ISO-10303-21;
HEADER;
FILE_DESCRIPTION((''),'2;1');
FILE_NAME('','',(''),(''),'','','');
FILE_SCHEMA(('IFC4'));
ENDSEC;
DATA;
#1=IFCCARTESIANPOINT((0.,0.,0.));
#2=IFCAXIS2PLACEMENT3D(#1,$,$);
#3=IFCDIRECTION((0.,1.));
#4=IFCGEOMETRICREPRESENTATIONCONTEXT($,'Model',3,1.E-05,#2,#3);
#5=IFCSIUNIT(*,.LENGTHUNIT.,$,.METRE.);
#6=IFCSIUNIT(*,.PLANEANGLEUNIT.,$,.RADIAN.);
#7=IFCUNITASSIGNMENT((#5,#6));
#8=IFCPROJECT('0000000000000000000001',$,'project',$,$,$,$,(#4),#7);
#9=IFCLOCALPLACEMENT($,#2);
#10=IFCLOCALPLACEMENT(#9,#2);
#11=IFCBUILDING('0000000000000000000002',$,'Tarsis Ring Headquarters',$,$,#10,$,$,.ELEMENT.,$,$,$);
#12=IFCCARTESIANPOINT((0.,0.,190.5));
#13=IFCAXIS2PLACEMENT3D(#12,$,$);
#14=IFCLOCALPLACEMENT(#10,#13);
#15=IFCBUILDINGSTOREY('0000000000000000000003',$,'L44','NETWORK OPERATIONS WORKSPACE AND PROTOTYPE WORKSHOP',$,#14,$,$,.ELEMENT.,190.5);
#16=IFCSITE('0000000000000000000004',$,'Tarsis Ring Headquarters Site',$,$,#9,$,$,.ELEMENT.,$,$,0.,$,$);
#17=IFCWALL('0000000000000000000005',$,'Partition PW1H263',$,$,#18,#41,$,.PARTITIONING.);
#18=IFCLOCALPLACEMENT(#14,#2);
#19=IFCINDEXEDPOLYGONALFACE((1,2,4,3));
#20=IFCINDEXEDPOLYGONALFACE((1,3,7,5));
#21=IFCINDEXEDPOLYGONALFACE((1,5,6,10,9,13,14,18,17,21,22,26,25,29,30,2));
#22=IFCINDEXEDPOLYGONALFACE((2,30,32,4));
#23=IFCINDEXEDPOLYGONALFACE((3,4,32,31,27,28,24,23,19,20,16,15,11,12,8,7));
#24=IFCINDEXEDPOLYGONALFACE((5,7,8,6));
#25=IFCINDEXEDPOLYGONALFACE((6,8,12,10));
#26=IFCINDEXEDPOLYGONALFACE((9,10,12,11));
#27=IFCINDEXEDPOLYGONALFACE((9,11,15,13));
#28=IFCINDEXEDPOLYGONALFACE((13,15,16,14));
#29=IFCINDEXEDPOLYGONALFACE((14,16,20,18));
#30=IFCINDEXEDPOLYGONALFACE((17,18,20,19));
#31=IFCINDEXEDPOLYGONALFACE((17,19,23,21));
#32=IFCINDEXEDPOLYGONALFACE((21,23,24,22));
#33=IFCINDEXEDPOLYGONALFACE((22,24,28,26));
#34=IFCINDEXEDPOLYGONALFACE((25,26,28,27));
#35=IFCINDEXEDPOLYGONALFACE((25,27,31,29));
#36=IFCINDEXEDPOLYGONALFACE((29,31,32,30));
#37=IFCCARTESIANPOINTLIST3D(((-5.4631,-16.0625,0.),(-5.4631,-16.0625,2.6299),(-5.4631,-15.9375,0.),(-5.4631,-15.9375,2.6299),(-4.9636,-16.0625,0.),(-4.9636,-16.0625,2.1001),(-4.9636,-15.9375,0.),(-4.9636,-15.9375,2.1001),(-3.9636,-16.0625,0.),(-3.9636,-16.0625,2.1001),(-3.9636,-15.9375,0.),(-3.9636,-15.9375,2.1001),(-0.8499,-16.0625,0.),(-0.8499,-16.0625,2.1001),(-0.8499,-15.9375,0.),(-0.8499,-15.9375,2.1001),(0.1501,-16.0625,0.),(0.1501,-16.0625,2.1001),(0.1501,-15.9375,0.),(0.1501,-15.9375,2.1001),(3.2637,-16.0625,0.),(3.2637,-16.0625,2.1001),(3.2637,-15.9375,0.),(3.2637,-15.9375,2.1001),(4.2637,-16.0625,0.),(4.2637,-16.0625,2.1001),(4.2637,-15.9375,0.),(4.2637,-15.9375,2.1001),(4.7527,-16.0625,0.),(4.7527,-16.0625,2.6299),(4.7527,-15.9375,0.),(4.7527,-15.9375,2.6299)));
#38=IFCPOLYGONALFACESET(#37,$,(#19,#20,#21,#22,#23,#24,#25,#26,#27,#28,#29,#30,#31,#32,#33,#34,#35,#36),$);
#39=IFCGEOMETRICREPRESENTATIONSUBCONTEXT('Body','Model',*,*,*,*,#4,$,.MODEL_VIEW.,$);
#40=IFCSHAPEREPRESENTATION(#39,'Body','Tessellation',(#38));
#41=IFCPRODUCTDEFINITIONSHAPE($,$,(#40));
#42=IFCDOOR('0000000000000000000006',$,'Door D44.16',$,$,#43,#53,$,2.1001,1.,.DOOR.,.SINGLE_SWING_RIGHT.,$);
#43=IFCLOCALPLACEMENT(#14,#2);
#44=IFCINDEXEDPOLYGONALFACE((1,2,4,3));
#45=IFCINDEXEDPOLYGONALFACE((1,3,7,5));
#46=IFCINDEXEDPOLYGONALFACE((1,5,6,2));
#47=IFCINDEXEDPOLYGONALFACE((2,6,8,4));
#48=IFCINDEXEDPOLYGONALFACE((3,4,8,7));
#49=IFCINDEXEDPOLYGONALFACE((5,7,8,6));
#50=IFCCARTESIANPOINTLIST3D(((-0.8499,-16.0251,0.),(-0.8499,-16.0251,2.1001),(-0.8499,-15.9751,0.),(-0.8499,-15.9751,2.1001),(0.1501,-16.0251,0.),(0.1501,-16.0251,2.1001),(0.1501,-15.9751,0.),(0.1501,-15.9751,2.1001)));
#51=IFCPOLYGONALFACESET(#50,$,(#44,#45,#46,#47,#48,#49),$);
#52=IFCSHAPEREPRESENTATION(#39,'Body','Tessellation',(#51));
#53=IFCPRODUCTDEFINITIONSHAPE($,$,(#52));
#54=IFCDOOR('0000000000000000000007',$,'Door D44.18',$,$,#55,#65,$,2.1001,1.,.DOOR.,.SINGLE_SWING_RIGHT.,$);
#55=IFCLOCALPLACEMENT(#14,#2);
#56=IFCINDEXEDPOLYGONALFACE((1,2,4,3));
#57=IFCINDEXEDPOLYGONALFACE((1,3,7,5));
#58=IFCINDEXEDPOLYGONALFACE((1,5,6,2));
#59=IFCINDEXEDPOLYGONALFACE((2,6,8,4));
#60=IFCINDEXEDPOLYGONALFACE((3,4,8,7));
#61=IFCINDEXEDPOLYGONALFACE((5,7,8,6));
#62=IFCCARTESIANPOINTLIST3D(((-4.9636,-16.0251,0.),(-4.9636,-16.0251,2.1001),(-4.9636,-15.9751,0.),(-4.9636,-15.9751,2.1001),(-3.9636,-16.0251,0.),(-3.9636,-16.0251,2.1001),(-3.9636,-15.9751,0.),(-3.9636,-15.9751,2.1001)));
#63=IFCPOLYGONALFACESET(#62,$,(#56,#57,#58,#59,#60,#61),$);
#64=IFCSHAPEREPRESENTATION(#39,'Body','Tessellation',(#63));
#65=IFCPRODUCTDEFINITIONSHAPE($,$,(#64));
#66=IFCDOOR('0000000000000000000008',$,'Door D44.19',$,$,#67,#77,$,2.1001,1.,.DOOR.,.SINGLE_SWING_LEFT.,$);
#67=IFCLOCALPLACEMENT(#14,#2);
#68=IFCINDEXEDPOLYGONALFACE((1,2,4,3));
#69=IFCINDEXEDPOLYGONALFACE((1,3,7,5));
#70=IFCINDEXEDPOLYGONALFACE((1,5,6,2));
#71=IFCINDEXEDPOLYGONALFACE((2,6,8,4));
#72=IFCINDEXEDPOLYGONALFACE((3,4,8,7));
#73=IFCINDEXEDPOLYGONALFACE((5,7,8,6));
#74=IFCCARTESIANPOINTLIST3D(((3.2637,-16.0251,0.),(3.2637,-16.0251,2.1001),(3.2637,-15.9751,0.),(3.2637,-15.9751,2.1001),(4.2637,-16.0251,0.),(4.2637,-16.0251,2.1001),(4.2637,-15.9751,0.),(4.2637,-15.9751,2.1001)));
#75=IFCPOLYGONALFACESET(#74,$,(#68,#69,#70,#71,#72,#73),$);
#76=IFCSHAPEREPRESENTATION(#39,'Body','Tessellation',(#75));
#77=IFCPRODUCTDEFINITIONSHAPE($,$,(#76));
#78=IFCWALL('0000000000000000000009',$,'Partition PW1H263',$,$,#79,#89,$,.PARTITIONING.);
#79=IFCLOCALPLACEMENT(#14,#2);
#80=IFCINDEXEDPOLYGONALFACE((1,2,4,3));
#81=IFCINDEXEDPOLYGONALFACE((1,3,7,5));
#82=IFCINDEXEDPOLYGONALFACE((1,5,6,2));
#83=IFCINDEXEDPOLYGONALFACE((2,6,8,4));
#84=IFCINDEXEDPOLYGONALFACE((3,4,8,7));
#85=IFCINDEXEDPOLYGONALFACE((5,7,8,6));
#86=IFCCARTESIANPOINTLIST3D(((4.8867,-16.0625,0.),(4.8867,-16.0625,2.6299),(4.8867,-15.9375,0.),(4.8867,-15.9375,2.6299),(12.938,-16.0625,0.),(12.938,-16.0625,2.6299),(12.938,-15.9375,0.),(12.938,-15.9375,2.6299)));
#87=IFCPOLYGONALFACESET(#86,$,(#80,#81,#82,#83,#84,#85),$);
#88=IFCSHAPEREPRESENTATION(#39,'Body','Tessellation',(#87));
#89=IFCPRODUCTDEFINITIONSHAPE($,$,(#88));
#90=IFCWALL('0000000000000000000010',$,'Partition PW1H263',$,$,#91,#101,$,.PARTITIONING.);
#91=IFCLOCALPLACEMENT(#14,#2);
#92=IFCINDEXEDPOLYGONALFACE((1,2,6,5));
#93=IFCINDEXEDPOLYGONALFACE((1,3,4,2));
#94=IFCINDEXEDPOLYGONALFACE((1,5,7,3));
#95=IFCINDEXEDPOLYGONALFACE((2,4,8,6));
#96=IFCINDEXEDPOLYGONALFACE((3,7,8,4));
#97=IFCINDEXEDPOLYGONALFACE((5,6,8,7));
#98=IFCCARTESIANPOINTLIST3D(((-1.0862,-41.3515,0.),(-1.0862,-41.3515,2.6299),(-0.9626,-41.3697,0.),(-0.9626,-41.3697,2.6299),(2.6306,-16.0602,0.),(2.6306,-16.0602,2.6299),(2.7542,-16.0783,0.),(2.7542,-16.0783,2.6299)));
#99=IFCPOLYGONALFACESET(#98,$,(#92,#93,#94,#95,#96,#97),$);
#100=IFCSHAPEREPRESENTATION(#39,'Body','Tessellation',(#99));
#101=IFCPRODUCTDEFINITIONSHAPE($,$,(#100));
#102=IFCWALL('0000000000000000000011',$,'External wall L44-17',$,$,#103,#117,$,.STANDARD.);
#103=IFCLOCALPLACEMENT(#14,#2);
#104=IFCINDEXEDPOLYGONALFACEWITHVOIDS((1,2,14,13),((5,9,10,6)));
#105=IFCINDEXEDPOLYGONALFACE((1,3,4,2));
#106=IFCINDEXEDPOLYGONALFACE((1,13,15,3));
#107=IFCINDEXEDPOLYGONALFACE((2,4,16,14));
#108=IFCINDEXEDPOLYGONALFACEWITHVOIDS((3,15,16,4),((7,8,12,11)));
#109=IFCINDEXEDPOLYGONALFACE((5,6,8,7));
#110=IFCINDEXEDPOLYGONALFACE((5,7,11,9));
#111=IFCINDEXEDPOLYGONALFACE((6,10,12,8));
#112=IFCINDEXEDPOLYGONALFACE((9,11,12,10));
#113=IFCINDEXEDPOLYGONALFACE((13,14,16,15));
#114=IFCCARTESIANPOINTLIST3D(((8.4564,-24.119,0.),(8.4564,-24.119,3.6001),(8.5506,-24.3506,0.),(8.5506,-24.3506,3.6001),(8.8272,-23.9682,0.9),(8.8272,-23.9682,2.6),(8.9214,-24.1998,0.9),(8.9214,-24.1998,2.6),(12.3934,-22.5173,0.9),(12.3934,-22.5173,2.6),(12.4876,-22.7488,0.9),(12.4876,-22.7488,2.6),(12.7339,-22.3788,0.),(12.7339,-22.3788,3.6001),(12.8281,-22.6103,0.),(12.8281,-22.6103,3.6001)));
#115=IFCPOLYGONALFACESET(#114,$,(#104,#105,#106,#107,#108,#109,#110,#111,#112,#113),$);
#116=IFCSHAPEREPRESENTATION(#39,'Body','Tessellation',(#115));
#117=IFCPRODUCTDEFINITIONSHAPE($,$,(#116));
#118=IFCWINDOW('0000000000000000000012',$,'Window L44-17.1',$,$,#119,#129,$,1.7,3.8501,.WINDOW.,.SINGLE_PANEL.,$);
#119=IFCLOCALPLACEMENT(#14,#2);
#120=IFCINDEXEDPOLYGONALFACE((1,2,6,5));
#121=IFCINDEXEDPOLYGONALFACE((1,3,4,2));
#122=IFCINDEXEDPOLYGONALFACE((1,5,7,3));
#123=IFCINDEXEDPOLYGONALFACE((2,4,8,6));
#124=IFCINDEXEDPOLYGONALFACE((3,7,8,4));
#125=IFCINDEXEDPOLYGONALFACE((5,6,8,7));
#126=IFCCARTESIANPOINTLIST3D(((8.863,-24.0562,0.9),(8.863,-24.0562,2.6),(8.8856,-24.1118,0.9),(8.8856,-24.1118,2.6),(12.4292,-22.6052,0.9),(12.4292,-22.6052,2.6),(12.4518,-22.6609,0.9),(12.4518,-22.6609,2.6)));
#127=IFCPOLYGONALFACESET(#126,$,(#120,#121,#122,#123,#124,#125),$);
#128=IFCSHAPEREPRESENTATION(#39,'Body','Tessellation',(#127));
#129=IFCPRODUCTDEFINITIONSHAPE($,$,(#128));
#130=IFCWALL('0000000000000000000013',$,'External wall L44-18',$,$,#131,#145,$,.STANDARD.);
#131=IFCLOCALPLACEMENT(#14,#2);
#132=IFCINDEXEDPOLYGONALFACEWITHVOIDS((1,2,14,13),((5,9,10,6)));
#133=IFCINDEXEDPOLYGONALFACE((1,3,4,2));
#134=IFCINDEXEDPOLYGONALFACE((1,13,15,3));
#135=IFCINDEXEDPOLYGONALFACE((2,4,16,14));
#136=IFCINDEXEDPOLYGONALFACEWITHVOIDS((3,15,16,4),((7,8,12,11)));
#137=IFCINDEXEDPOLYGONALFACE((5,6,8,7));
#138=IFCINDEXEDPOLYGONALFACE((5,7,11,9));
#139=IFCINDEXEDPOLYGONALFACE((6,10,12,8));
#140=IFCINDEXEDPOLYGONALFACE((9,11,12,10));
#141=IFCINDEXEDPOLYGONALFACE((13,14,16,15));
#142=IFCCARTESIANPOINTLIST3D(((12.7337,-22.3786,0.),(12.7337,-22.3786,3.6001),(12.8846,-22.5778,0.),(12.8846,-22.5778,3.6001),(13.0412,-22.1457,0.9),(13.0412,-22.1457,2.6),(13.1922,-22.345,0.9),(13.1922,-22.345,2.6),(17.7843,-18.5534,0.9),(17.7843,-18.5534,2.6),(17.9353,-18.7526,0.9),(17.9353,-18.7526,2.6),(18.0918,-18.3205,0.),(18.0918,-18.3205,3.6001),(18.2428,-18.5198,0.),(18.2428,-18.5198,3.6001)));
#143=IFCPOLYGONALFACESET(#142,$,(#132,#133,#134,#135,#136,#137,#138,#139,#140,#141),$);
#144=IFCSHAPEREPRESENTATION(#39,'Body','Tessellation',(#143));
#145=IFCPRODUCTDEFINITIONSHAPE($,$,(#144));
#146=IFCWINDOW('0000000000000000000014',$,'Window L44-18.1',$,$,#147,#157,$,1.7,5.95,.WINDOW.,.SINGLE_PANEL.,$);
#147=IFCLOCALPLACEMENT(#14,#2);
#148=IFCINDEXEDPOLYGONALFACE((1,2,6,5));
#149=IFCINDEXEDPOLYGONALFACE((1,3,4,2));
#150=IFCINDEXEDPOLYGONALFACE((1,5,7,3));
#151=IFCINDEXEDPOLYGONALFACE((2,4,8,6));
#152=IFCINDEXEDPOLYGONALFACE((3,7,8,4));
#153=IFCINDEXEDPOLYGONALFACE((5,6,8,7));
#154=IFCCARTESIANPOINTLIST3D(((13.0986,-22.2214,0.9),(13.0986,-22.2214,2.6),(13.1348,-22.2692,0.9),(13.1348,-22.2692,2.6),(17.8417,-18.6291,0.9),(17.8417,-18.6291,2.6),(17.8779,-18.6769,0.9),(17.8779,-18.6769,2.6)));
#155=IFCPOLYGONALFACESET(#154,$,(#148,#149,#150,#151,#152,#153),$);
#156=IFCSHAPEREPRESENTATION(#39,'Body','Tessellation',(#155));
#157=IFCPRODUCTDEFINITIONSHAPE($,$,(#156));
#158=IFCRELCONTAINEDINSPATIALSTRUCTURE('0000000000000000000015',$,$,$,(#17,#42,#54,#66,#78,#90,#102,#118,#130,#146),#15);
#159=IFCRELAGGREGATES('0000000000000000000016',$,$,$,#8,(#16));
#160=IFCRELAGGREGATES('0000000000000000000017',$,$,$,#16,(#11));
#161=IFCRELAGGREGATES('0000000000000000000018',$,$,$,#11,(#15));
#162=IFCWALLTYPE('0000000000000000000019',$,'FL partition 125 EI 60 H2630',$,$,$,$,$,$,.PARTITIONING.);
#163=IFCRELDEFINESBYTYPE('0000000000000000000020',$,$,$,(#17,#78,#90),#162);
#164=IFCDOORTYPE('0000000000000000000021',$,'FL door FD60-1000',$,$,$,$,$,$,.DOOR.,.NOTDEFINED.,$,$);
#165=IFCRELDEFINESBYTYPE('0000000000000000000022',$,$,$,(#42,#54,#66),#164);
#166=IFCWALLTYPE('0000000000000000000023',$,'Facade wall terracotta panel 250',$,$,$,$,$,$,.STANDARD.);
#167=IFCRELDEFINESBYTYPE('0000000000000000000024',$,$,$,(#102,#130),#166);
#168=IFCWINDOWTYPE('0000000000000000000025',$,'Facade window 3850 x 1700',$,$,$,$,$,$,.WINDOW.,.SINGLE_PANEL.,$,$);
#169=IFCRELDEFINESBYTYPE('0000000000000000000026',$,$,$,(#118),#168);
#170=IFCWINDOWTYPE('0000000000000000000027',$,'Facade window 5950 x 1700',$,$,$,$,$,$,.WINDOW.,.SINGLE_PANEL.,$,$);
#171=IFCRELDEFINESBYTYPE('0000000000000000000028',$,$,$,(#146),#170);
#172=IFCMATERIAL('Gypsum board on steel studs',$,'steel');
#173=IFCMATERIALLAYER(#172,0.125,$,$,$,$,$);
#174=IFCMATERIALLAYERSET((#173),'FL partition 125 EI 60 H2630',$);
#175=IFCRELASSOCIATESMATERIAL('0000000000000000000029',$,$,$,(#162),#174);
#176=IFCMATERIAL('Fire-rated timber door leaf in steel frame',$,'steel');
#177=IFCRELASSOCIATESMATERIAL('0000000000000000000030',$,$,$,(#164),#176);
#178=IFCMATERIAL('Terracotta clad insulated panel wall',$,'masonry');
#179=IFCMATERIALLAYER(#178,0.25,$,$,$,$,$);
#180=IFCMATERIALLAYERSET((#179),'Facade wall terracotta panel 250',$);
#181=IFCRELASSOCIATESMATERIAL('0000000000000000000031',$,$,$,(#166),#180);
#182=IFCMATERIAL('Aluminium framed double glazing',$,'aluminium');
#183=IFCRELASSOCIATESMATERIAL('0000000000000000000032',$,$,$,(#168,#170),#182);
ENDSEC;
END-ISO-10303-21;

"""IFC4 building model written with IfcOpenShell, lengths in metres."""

from ifc_helpers import new_model, si_unit, direction, frame, frame_2d, origin, place, context, subcontext, project, spatial, rectangle, extrude, material, layer, layer_set, type_object, element, fill, save


model = new_model("IFC4")

# Units and contexts
model_context = context("Model", 3, precision=1e-05, world=origin(), true_north=direction((0.0, 1.0)))
body_context = subcontext(model_context, "Body", "Model", "MODEL_VIEW")
ifc_project = project(units=[si_unit("LENGTHUNIT", "METRE"), si_unit("PLANEANGLEUNIT", "RADIAN")], contexts=[model_context])

# Site, building, storey
site_placement = place(None, origin())
site = spatial("IfcSite", under=ifc_project, at=site_placement, Name="Tarsis Ring Headquarters Site", CompositionType="ELEMENT", RefElevation=0.0)
building_placement = place(site_placement, origin())
building = spatial("IfcBuilding", under=site, at=building_placement, Name="Tarsis Ring Headquarters", CompositionType="ELEMENT")
storey_placement = place(building_placement, frame((0.0, 0.0, 190.5)))
storey = spatial("IfcBuildingStorey", under=building, at=storey_placement, Name="L44", Description="NETWORK OPERATIONS WORKSPACE AND PROTOTYPE WORKSHOP", CompositionType="ELEMENT", Elevation=190.5)

# Shared definitions
ifc_material_1 = material(Name="Gypsum board on steel studs", Category="steel")

# Wall, openings, doors
ifc_layer_1 = layer(ifc_material_1, 0.125)
ifc_layer_set_1 = layer_set([ifc_layer_1], Name="FL partition 125 EI 60 H2630")
wall_type_1 = type_object("IfcWallType", Name="FL partition 125 EI 60 H2630", PredefinedType="PARTITIONING", material=ifc_layer_set_1)
wall_1_placement = place(storey_placement, frame((-5.4631, -16.0, 0.0), z_axis=(0.0, 0.0, 1.0), x_axis=(1.0, 0.0, 0.0)))
wall_1 = element("IfcWall", 1, at=wall_1_placement, inside=storey, type_object=wall_type_1, Name="Partition PW1H263", PredefinedType="PARTITIONING", context=body_context, shape_type="SweptSolid", body=[
    extrude(rectangle(XDim=10.2158, YDim=0.125, at=frame_2d((5.1079, 0.0))), origin(), (0.0, 0.0, 1.0), 2.6299),
])
opening_1_placement = place(wall_1_placement, frame((4.6133, 0.0, 0.0)))
opening_1 = element("IfcOpeningElement", 2, at=opening_1_placement, cuts=wall_1, PredefinedType="OPENING", context=body_context, shape_type="SweptSolid", body=[
    extrude(rectangle(XDim=1.0, YDim=2.1001, at=frame_2d((0.5, 1.05))), frame((0.0, 0.0725, 0.0), z_axis=(0.0, -1.0, 0.0), x_axis=(1.0, 0.0, 0.0)), (0.0, 0.0, 1.0), 0.145),
])
opening_2_placement = place(wall_1_placement, frame((0.4995, 0.0, 0.0)))
opening_2 = element("IfcOpeningElement", 3, at=opening_2_placement, cuts=wall_1, PredefinedType="OPENING", context=body_context, shape_type="SweptSolid", body=[
    extrude(rectangle(XDim=1.0, YDim=2.1001, at=frame_2d((0.5, 1.05))), frame((0.0, 0.0725, 0.0), z_axis=(0.0, -1.0, 0.0), x_axis=(1.0, 0.0, 0.0)), (0.0, 0.0, 1.0), 0.145),
])
opening_3_placement = place(wall_1_placement, frame((8.7268, 0.0, 0.0)))
opening_3 = element("IfcOpeningElement", 4, at=opening_3_placement, cuts=wall_1, PredefinedType="OPENING", context=body_context, shape_type="SweptSolid", body=[
    extrude(rectangle(XDim=1.0, YDim=2.1001, at=frame_2d((0.5, 1.05))), frame((0.0, 0.0725, 0.0), z_axis=(0.0, -1.0, 0.0), x_axis=(1.0, 0.0, 0.0)), (0.0, 0.0, 1.0), 0.145),
])
ifc_material_2 = material(Name="Fire-rated timber door leaf in steel frame", Category="steel")
door_type = type_object("IfcDoorType", Name="FL door FD60-1000", OperationType="NOTDEFINED", PredefinedType="DOOR", material=ifc_material_2)
door_1_placement = place(opening_1_placement, origin())
door_1 = element("IfcDoor", 5, at=door_1_placement, inside=storey, type_object=door_type, Name="Door D44.16", OperationType="SINGLE_SWING_RIGHT", OverallHeight=2.1001, OverallWidth=1.0, PredefinedType="DOOR", context=body_context, shape_type="SweptSolid", body=[
    extrude(rectangle(XDim=1.0, YDim=2.1001, at=frame_2d((0.5, 1.05))), frame((0.0, 0.0249, 0.0), z_axis=(0.0, -1.0, 0.0), x_axis=(1.0, 0.0, 0.0)), (0.0, 0.0, 1.0), 0.05),
])
fill(opening_1, door_1)
door_2_placement = place(opening_2_placement, origin())
door_2 = element("IfcDoor", 6, at=door_2_placement, inside=storey, type_object=door_type, Name="Door D44.18", OperationType="SINGLE_SWING_RIGHT", OverallHeight=2.1001, OverallWidth=1.0, PredefinedType="DOOR", context=body_context, shape_type="SweptSolid", body=[
    extrude(rectangle(XDim=1.0, YDim=2.1001, at=frame_2d((0.5, 1.05))), frame((0.0, 0.0249, 0.0), z_axis=(0.0, -1.0, 0.0), x_axis=(1.0, 0.0, 0.0)), (0.0, 0.0, 1.0), 0.05),
])
fill(opening_2, door_2)
door_3_placement = place(opening_3_placement, origin())
door_3 = element("IfcDoor", 7, at=door_3_placement, inside=storey, type_object=door_type, Name="Door D44.19", OperationType="SINGLE_SWING_LEFT", OverallHeight=2.1001, OverallWidth=1.0, PredefinedType="DOOR", context=body_context, shape_type="SweptSolid", body=[
    extrude(rectangle(XDim=1.0, YDim=2.1001, at=frame_2d((0.5, 1.05))), frame((0.0, 0.0249, 0.0), z_axis=(0.0, -1.0, 0.0), x_axis=(1.0, 0.0, 0.0)), (0.0, 0.0, 1.0), 0.05),
])
fill(opening_3, door_3)

# Walls
wall_2_placement = place(storey_placement, frame((4.8867, -16.0, 0.0), z_axis=(0.0, 0.0, 1.0), x_axis=(1.0, 0.0, 0.0)))
element("IfcWall", 8, at=wall_2_placement, inside=storey, type_object=wall_type_1, Name="Partition PW1H263", PredefinedType="PARTITIONING", context=body_context, shape_type="SweptSolid", body=[
    extrude(rectangle(XDim=8.0513, YDim=0.125, at=frame_2d((4.0256, 0.0))), origin(), (0.0, 0.0, 1.0), 2.6299),
])
wall_3_placement = place(storey_placement, frame((-1.0244, -41.3606, 0.0), z_axis=(0.0, 0.0, 1.0), x_axis=(0.145398, 0.989373, 0.0)))
element("IfcWall", 9, at=wall_3_placement, inside=storey, type_object=wall_type_1, Name="Partition PW1H263", PredefinedType="PARTITIONING", context=body_context, shape_type="SweptSolid", body=[
    extrude(rectangle(XDim=25.563, YDim=0.125, at=frame_2d((12.7815, 0.0))), origin(), (0.0, 0.0, 1.0), 2.6299),
])

# Walls, openings, windows
ifc_material_3 = material(Name="Terracotta clad insulated panel wall", Category="masonry")
ifc_layer_2 = layer(ifc_material_3, 0.25)
ifc_layer_set_2 = layer_set([ifc_layer_2], Name="Facade wall terracotta panel 250")
wall_type_2 = type_object("IfcWallType", Name="Facade wall terracotta panel 250", PredefinedType="STANDARD", material=ifc_layer_set_2)
wall_4_placement = place(storey_placement, frame((8.5034, -24.2349, 0.0), z_axis=(0.0, 0.0, 1.0), x_axis=(0.926273, 0.376853, 0.0)))
wall_4 = element("IfcWall", 10, at=wall_4_placement, inside=storey, type_object=wall_type_2, Name="External wall L44-17", PredefinedType="STANDARD", context=body_context, shape_type="SweptSolid", body=[
    extrude(rectangle(XDim=4.6179, YDim=0.25, at=frame_2d((2.3091, 0.0))), origin(), (0.0, 0.0, 1.0), 3.6001),
])
opening_4_placement = place(wall_4_placement, frame((0.4004, 0.0, 0.8999)))
opening_4 = element("IfcOpeningElement", 11, at=opening_4_placement, cuts=wall_4, PredefinedType="OPENING", context=body_context, shape_type="SweptSolid", body=[
    extrude(rectangle(XDim=3.8501, YDim=1.7, at=frame_2d((1.925, 0.8501))), frame((0.0, 0.135, 0.0), z_axis=(0.0, -1.0, 0.0), x_axis=(1.0, 0.0, 0.0)), (0.0, 0.0, 1.0), 0.27),
])
ifc_material_4 = material(Name="Aluminium framed double glazing", Category="aluminium")
window_type_1 = type_object("IfcWindowType", Name="Facade window 3850 x 1700", PartitioningType="SINGLE_PANEL", PredefinedType="WINDOW", material=ifc_material_4)
window_1_placement = place(opening_4_placement, origin())
window_1 = element("IfcWindow", 12, at=window_1_placement, inside=storey, type_object=window_type_1, Name="Window L44-17.1", OverallHeight=1.7, OverallWidth=3.8501, PartitioningType="SINGLE_PANEL", PredefinedType="WINDOW", context=body_context, shape_type="SweptSolid", body=[
    extrude(rectangle(XDim=3.8501, YDim=1.7, at=frame_2d((1.925, 0.8501))), frame((0.0, 0.03, 0.0), z_axis=(0.0, -1.0, 0.0), x_axis=(1.0, 0.0, 0.0)), (0.0, 0.0, 1.0), 0.0601),
])
fill(opening_4, window_1)
wall_5_placement = place(storey_placement, frame((12.8091, -22.4783, 0.0), z_axis=(0.0, 0.0, 1.0), x_axis=(0.797171, 0.603753, 0.0)))
wall_5 = element("IfcWall", 13, at=wall_5_placement, inside=storey, type_object=wall_type_2, Name="External wall L44-18", PredefinedType="STANDARD", context=body_context, shape_type="SweptSolid", body=[
    extrude(rectangle(XDim=6.7214, YDim=0.25, at=frame_2d((3.3608, 0.0))), origin(), (0.0, 0.0, 1.0), 3.6001),
])
opening_5_placement = place(wall_5_placement, frame((0.3857, 0.0, 0.8999)))
opening_5 = element("IfcOpeningElement", 14, at=opening_5_placement, cuts=wall_5, PredefinedType="OPENING", context=body_context, shape_type="SweptSolid", body=[
    extrude(rectangle(XDim=5.95, YDim=1.7, at=frame_2d((2.9751, 0.8501))), frame((0.0, 0.135, 0.0), z_axis=(0.0, -1.0, 0.0), x_axis=(1.0, 0.0, 0.0)), (0.0, 0.0, 1.0), 0.27),
])
window_type_2 = type_object("IfcWindowType", Name="Facade window 5950 x 1700", PartitioningType="SINGLE_PANEL", PredefinedType="WINDOW", material=ifc_material_4)
window_2_placement = place(opening_5_placement, origin())
window_2 = element("IfcWindow", 15, at=window_2_placement, inside=storey, type_object=window_type_2, Name="Window L44-18.1", OverallHeight=1.7, OverallWidth=5.95, PartitioningType="SINGLE_PANEL", PredefinedType="WINDOW", context=body_context, shape_type="SweptSolid", body=[
    extrude(rectangle(XDim=5.95, YDim=1.7, at=frame_2d((2.9751, 0.8501))), frame((0.0, 0.03, 0.0), z_axis=(0.0, -1.0, 0.0), x_axis=(1.0, 0.0, 0.0)), (0.0, 0.0, 1.0), 0.0601),
])
fill(opening_5, window_2)

save(model, "model.ifc")
